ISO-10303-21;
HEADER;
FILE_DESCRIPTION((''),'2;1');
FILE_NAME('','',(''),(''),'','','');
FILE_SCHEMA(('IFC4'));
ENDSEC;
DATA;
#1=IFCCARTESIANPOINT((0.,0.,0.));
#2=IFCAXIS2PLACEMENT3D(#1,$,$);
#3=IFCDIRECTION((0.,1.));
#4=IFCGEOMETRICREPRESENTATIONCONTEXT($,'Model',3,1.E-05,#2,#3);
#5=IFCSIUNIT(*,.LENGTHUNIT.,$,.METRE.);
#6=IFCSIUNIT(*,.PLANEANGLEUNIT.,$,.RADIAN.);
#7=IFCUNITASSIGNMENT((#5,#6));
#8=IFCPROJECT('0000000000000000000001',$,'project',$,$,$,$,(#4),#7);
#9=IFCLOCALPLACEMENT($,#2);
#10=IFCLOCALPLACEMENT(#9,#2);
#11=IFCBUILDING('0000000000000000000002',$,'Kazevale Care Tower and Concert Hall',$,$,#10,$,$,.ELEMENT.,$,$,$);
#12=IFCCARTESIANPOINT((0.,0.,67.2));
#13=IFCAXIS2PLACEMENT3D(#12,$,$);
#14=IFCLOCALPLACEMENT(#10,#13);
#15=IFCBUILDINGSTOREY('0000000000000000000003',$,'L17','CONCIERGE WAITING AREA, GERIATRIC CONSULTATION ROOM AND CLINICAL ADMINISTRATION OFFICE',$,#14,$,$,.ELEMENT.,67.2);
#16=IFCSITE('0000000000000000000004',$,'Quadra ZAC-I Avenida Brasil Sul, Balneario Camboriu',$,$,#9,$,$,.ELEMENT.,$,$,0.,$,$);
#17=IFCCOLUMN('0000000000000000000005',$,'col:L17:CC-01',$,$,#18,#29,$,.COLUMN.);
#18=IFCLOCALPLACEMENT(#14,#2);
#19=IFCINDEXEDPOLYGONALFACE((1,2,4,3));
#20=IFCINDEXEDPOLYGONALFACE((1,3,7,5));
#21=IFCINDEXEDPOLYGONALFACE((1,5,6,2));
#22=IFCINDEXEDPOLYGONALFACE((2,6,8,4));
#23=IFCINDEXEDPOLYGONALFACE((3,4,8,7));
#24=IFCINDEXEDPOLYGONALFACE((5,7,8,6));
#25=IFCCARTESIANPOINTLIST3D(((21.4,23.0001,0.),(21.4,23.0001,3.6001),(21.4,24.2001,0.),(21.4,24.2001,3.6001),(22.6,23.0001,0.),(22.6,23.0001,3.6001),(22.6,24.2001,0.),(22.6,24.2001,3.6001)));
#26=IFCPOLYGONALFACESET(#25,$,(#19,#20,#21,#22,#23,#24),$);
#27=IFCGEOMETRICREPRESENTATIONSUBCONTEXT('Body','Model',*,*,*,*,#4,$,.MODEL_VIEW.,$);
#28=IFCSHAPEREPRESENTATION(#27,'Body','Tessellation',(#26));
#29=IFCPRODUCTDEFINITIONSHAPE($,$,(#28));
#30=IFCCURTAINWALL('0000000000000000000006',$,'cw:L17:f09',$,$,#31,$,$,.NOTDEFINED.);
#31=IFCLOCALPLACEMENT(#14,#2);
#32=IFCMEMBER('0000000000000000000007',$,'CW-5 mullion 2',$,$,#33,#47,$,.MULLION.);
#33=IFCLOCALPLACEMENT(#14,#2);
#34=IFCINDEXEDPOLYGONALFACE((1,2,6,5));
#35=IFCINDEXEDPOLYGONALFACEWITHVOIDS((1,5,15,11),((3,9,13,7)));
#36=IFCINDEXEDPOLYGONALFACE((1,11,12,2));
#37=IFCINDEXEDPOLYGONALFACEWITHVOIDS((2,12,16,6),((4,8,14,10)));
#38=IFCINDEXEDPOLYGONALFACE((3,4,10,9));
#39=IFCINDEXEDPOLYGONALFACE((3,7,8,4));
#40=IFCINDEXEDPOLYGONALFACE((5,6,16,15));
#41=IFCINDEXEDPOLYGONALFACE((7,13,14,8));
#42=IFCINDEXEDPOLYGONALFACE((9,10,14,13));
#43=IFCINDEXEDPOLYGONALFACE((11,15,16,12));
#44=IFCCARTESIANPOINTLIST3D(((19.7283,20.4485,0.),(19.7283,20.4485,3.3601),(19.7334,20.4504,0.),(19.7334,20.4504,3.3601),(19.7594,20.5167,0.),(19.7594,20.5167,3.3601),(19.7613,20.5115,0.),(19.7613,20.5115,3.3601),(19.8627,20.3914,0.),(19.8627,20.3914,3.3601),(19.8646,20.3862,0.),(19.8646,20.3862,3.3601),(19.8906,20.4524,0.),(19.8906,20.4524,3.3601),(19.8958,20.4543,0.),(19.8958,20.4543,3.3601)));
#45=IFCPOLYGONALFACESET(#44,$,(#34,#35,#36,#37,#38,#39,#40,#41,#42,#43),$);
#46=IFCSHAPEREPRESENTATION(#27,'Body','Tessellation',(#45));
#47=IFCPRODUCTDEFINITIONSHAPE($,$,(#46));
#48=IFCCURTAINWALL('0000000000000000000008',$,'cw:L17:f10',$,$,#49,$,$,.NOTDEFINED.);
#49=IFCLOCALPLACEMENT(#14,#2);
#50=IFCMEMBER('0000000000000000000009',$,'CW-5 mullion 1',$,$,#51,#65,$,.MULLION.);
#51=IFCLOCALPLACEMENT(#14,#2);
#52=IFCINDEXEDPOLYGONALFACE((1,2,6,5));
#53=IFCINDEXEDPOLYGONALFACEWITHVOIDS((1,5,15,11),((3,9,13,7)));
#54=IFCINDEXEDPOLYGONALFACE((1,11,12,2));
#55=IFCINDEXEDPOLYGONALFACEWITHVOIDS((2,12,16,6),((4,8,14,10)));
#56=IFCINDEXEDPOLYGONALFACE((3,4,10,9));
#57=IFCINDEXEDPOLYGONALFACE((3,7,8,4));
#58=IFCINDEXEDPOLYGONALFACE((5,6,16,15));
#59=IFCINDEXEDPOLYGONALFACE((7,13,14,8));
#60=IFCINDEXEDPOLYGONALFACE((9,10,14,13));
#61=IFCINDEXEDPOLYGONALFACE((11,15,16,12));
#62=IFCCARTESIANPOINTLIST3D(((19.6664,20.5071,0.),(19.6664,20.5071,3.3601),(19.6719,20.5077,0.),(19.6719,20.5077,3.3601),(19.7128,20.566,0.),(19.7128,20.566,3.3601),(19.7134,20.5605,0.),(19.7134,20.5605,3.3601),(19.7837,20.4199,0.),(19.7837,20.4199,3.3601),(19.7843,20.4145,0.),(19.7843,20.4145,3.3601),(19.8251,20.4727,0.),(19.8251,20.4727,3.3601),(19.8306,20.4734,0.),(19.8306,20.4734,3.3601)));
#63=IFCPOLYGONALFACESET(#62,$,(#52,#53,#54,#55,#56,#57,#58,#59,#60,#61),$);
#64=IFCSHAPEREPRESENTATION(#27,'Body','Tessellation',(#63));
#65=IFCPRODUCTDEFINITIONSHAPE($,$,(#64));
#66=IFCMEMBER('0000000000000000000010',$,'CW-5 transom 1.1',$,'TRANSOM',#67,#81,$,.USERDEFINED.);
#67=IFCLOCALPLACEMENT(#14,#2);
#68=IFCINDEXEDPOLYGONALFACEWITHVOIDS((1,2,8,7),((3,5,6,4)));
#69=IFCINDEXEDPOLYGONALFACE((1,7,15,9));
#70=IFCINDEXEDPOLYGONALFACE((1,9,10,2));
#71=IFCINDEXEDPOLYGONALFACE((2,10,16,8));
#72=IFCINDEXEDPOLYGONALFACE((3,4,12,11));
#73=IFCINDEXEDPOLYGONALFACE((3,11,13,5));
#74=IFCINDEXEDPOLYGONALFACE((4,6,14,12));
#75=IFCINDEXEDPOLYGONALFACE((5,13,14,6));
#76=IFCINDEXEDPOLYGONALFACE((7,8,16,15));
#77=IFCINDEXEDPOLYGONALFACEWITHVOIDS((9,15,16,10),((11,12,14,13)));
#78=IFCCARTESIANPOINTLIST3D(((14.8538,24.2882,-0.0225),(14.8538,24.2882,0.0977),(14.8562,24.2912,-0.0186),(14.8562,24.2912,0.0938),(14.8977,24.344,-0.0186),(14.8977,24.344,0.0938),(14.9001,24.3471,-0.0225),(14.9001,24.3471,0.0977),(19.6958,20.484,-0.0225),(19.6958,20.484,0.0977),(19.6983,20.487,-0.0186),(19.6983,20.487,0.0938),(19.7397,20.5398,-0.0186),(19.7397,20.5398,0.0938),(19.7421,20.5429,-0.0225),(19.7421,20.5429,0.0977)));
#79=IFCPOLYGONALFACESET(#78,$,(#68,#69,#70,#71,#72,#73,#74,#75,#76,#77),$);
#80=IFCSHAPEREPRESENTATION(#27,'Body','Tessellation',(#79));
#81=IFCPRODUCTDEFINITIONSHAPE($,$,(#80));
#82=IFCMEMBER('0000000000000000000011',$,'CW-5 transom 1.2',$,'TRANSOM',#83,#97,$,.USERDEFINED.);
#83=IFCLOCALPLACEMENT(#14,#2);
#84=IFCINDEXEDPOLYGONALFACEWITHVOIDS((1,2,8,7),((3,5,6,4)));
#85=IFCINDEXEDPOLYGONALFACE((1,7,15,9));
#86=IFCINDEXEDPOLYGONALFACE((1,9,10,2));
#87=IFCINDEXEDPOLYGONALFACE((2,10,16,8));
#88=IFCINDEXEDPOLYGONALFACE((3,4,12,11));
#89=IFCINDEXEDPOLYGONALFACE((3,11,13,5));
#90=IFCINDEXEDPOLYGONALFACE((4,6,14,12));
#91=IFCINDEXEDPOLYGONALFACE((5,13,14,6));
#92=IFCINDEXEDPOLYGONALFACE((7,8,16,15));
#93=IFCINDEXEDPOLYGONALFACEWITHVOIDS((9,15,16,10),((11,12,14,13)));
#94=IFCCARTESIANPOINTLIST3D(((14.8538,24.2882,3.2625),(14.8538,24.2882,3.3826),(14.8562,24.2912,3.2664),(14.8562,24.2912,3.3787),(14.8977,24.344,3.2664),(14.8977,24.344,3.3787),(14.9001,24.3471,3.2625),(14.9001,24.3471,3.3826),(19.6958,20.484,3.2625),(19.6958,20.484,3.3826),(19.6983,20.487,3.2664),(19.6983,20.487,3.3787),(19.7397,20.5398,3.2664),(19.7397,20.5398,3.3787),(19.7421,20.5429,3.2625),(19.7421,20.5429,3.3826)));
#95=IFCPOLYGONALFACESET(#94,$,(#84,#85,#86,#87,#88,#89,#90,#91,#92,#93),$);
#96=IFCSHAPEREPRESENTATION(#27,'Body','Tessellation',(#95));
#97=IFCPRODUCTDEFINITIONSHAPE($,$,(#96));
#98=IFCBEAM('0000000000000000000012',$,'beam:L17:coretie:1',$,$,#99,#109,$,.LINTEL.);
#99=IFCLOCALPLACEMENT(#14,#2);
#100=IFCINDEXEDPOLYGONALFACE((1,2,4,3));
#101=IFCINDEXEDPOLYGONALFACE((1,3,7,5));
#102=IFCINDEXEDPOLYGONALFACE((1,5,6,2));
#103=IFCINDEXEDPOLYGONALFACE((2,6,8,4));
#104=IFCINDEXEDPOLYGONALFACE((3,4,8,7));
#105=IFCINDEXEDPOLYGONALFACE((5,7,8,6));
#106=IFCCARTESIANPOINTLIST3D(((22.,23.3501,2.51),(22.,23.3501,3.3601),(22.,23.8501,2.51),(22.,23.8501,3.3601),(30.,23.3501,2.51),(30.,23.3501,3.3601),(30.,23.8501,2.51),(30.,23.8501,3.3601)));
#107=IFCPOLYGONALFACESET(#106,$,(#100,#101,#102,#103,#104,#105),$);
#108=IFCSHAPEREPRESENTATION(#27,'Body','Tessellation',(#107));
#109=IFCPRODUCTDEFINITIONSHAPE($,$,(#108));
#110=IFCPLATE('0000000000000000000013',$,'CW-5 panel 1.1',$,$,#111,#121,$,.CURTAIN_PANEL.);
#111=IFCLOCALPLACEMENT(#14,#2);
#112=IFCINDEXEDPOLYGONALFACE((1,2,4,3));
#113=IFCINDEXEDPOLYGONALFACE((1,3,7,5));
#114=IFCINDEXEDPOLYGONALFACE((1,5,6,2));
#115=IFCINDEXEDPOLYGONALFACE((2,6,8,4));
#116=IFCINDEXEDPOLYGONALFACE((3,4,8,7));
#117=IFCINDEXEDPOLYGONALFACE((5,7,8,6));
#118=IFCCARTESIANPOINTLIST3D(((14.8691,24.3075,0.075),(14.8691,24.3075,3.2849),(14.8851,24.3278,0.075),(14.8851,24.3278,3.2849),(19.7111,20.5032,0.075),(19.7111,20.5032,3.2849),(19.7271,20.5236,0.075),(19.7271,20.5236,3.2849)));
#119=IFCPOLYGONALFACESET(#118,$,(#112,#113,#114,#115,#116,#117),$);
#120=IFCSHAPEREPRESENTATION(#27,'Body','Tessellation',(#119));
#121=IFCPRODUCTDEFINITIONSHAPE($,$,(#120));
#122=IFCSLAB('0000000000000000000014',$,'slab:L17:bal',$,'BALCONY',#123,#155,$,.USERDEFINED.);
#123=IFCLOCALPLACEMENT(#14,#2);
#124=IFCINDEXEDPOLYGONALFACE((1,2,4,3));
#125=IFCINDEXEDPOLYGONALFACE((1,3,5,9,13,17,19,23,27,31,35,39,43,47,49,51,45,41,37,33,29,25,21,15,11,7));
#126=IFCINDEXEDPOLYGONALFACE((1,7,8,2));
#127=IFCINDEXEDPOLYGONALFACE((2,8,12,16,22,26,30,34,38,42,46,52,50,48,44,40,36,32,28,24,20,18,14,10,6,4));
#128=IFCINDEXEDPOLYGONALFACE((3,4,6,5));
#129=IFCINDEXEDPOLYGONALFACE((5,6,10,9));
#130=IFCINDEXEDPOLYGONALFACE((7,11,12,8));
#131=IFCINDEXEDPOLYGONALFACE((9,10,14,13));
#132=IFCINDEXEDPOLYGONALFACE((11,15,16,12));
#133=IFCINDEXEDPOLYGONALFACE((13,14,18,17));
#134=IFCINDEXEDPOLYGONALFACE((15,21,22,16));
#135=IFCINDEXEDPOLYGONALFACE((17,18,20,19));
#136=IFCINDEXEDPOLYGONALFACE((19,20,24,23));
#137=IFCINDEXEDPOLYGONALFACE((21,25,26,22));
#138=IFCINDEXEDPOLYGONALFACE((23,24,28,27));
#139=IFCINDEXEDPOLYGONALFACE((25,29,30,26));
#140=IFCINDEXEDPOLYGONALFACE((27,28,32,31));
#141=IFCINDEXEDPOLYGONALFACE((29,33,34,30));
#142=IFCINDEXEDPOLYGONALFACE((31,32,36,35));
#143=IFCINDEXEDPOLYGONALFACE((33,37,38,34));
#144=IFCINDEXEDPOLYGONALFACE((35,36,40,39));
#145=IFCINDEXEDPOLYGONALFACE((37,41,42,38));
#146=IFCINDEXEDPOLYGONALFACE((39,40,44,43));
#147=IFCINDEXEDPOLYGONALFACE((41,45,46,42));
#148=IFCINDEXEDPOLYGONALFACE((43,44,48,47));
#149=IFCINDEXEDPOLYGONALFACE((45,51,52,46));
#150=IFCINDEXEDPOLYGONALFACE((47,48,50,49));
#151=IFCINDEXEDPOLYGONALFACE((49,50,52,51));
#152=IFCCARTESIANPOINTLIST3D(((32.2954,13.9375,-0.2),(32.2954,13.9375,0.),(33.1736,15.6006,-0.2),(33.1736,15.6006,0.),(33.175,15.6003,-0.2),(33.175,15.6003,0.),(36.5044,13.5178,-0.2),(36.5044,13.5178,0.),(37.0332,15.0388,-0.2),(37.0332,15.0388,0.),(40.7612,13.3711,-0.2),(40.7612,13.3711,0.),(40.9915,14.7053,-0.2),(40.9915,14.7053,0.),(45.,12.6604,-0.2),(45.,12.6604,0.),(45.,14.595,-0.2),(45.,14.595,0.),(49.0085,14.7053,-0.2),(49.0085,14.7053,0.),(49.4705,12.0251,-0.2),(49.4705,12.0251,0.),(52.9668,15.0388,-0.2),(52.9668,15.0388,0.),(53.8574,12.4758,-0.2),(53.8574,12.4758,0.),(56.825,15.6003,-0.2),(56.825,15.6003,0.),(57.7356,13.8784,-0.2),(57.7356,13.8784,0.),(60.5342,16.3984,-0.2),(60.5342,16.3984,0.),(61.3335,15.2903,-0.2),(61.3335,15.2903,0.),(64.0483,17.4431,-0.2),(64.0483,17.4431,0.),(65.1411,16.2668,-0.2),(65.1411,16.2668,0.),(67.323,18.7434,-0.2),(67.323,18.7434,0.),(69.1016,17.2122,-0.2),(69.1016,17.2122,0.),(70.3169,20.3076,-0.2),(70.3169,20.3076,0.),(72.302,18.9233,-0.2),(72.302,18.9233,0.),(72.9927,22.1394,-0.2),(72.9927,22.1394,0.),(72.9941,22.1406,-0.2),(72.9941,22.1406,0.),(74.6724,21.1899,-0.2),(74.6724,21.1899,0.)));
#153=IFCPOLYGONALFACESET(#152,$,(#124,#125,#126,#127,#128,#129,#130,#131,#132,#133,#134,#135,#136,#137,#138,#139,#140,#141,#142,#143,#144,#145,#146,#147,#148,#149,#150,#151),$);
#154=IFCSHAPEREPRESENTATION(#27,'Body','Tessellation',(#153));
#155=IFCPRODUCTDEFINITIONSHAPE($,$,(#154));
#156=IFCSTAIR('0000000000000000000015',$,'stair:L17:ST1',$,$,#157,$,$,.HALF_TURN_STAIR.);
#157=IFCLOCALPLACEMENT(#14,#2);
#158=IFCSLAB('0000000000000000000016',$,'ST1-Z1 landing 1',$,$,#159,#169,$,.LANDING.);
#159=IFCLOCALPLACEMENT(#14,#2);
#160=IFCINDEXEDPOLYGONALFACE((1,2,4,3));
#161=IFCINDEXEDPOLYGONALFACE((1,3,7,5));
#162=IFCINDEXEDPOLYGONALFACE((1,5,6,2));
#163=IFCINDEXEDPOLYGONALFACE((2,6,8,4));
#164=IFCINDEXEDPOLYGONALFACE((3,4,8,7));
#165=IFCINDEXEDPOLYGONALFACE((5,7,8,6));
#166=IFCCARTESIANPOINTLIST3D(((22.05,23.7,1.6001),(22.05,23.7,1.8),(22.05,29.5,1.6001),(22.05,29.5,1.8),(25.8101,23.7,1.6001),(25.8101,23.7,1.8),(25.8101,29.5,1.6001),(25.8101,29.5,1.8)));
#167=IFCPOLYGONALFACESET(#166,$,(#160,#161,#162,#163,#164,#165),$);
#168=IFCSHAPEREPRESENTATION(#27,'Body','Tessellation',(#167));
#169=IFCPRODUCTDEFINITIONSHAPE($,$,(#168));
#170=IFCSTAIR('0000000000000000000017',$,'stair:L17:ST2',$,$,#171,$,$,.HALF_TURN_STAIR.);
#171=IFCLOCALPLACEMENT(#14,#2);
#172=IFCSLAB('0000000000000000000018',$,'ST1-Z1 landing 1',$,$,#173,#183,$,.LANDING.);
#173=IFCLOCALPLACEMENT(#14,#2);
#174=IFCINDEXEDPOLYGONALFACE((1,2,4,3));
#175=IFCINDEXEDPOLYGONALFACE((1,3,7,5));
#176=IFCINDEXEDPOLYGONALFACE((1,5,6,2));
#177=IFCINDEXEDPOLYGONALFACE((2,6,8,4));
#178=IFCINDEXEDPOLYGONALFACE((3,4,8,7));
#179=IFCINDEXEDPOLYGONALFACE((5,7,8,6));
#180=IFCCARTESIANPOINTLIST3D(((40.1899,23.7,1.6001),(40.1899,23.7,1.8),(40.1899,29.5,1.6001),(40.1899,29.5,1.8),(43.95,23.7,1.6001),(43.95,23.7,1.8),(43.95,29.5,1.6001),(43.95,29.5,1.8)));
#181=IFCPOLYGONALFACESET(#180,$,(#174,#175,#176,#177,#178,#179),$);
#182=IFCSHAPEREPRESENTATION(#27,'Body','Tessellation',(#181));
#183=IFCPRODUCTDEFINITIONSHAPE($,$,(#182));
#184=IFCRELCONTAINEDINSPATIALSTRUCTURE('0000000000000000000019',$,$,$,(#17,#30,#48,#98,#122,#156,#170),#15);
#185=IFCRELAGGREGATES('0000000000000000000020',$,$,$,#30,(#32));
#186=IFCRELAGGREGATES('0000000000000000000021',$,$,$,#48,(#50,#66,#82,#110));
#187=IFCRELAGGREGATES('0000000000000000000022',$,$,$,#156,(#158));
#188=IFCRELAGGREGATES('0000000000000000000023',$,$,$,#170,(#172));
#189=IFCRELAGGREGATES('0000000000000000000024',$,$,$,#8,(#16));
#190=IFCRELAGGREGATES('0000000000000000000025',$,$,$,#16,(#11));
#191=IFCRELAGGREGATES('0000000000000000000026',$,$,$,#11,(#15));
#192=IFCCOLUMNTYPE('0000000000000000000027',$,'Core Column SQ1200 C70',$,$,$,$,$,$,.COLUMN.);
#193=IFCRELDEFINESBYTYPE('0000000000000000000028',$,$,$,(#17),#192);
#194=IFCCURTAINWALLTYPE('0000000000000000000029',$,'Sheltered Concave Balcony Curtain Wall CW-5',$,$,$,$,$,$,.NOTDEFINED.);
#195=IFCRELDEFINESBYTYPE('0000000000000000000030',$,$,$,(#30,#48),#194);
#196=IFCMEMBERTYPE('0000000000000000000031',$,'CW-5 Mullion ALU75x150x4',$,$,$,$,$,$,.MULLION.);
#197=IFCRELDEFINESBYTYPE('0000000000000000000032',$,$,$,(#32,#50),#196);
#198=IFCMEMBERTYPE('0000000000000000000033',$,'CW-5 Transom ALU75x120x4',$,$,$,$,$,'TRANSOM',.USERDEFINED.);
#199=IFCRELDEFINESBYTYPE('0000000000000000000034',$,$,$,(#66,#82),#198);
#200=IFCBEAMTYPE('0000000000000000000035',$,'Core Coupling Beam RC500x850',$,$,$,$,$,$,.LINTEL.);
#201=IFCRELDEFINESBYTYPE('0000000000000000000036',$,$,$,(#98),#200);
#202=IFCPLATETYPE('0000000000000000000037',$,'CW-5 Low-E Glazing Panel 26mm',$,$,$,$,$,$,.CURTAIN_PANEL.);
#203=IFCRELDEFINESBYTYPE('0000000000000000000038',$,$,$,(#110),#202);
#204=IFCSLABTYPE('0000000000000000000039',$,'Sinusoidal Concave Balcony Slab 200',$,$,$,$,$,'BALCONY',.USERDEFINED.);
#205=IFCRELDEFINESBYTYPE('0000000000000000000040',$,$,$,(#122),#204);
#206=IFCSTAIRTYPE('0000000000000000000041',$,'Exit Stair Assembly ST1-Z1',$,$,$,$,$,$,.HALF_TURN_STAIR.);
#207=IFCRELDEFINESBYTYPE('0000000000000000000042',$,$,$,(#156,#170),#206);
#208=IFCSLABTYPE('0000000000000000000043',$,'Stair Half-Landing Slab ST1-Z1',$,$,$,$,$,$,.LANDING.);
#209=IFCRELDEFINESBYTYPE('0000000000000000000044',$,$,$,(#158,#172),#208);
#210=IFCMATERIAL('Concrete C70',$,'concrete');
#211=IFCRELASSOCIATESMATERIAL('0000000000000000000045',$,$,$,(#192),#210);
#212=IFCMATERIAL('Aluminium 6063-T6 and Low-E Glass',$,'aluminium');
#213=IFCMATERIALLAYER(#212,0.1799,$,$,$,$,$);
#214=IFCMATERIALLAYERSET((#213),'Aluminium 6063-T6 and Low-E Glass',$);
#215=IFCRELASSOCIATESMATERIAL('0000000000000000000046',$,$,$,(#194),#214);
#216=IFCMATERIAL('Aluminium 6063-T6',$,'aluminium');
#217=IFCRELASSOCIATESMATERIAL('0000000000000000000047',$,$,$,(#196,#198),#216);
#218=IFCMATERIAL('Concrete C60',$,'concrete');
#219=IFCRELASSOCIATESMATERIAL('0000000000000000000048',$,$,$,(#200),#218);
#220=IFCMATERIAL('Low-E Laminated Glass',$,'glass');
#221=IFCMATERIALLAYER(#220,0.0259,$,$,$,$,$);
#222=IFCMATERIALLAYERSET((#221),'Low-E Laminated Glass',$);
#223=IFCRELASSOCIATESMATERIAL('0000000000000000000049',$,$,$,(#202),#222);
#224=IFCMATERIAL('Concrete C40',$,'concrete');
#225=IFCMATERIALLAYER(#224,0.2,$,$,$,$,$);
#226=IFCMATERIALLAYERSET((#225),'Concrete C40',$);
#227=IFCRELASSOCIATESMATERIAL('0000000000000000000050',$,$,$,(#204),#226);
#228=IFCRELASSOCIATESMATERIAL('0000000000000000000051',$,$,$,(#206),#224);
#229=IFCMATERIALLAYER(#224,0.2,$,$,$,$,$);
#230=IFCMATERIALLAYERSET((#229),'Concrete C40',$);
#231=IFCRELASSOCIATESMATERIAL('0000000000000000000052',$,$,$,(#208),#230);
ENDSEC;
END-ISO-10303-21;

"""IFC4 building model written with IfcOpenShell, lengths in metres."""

from ifc_helpers import new_model, si_unit, direction, frame, origin, origin_2d, place, context, subcontext, project, spatial, polyline, rectangle, hollow_rectangle, outline, extrude, material, layer, layer_set, material_profile, profile_set, type_object, element, aggregate, save


model = new_model("IFC4")

# Units and contexts
model_context = context("Model", 3, precision=1e-05, world=origin(), true_north=direction((0.0, 1.0)))
body_context = subcontext(model_context, "Body", "Model", "MODEL_VIEW")
ifc_project = project(units=[si_unit("LENGTHUNIT", "METRE"), si_unit("PLANEANGLEUNIT", "RADIAN")], contexts=[model_context])

# Site, building, storey
site_placement = place(None, origin())
site = spatial("IfcSite", under=ifc_project, at=site_placement, Name="Quadra ZAC-I Avenida Brasil Sul, Balneario Camboriu", CompositionType="ELEMENT", RefElevation=0.0)
building_placement = place(site_placement, origin())
building = spatial("IfcBuilding", under=site, at=building_placement, Name="Kazevale Care Tower and Concert Hall", CompositionType="ELEMENT")
storey_placement = place(building_placement, frame((0.0, 0.0, 67.2)))
storey = spatial("IfcBuildingStorey", under=building, at=storey_placement, Name="L17", Description="CONCIERGE WAITING AREA, GERIATRIC CONSULTATION ROOM AND CLINICAL ADMINISTRATION OFFICE", CompositionType="ELEMENT", Elevation=67.2)

# Column
ifc_material_1 = material(Name="Concrete C70", Category="concrete")
ifc_material_profile_1 = material_profile(ifc_material_1, rectangle(XDim=1.2, YDim=1.2, at=origin_2d()), Name="RC-SQ1200")
ifc_profile_set_1 = profile_set([ifc_material_profile_1], Name="Concrete C70")
column_type = type_object("IfcColumnType", Name="Core Column SQ1200 C70", PredefinedType="COLUMN", material=ifc_profile_set_1)
column_placement = place(storey_placement, frame((22.0, 23.6001, 0.0), z_axis=(0.0, 0.0, 1.0), x_axis=(1.0, 0.0, 0.0)))
element("IfcColumn", 1, at=column_placement, inside=storey, type_object=column_type, Name="col:L17:CC-01", PredefinedType="COLUMN", context=body_context, shape_type="SweptSolid", body=[
    extrude(rectangle(XDim=1.2, YDim=1.2, at=origin_2d()), origin(), (0.0, 0.0, 1.0), 3.6001),
])

# Curtain wall, member
ifc_material_2 = material(Name="Aluminium 6063-T6 and Low-E Glass", Category="aluminium")
ifc_layer_1 = layer(ifc_material_2, 0.1799)
ifc_layer_set_1 = layer_set([ifc_layer_1], Name="Aluminium 6063-T6 and Low-E Glass")
curtain_wall_type = type_object("IfcCurtainWallType", Name="Sheltered Concave Balcony Curtain Wall CW-5", PredefinedType="NOTDEFINED", material=ifc_layer_set_1)
curtain_wall_1_placement = place(storey_placement, origin())
curtain_wall_1 = element("IfcCurtainWall", 2, at=curtain_wall_1_placement, inside=storey, type_object=curtain_wall_type, Name="cw:L17:f09", PredefinedType="NOTDEFINED")
ifc_material_3 = material(Name="Aluminium 6063-T6", Category="aluminium")
ifc_material_profile_2 = material_profile(ifc_material_3, hollow_rectangle(XDim=0.075, YDim=0.1499, WallThickness=0.0039, at=origin_2d()), Name="ALU75x150x4")
ifc_profile_set_2 = profile_set([ifc_material_profile_2], Name="Aluminium 6063-T6")
member_type_1 = type_object("IfcMemberType", Name="CW-5 Mullion ALU75x150x4", PredefinedType="MULLION", material=ifc_profile_set_2)
member_1_placement = place(storey_placement, frame((19.812, 20.4514, 0.0), z_axis=(0.0, 0.0, 1.0), x_axis=(-0.41566, -0.90952, 0.0)))
member_1 = element("IfcMember", 3, at=member_1_placement, type_object=member_type_1, Name="CW-5 mullion 2", PredefinedType="MULLION", context=body_context, shape_type="SweptSolid", body=[
    extrude(hollow_rectangle(XDim=0.075, YDim=0.1499, WallThickness=0.0039, at=origin_2d()), origin(), (0.0, 0.0, 1.0), 3.3601),
])
aggregate(curtain_wall_1, [member_1])

# Curtain wall, members
curtain_wall_2_placement = place(storey_placement, origin())
curtain_wall_2 = element("IfcCurtainWall", 4, at=curtain_wall_2_placement, inside=storey, type_object=curtain_wall_type, Name="cw:L17:f10", PredefinedType="NOTDEFINED")
member_2_placement = place(storey_placement, frame((19.7485, 20.4902, 0.0), z_axis=(0.0, 0.0, 1.0), x_axis=(-0.617808, -0.786329, 0.0)))
member_2 = element("IfcMember", 5, at=member_2_placement, type_object=member_type_1, Name="CW-5 mullion 1", PredefinedType="MULLION", context=body_context, shape_type="SweptSolid", body=[
    extrude(hollow_rectangle(XDim=0.075, YDim=0.1499, WallThickness=0.0039, at=origin_2d()), origin(), (0.0, 0.0, 1.0), 3.3601),
])
ifc_material_profile_3 = material_profile(ifc_material_3, hollow_rectangle(XDim=0.075, YDim=0.1201, WallThickness=0.0039, at=origin_2d()), Name="ALU75x120x4")
ifc_profile_set_3 = profile_set([ifc_material_profile_3], Name="Aluminium 6063-T6")
member_type_2 = type_object("IfcMemberType", Name="CW-5 Transom ALU75x120x4", ElementType="TRANSOM", PredefinedType="USERDEFINED", material=ifc_profile_set_3)
member_3_placement = place(storey_placement, frame((19.719, 20.5134, 0.0376), z_axis=(-0.786339, 0.617795, 0.0), x_axis=(-0.617795, -0.786339, 0.0)))
member_3 = element("IfcMember", 6, at=member_3_placement, type_object=member_type_2, Name="CW-5 transom 1.1", ObjectType="TRANSOM", PredefinedType="USERDEFINED", context=body_context, shape_type="SweptSolid", body=[
    extrude(hollow_rectangle(XDim=0.075, YDim=0.1201, WallThickness=0.0039, at=origin_2d()), origin(), (0.0, 0.0, 1.0), 6.1577),
])
member_4_placement = place(storey_placement, frame((19.719, 20.5134, 3.3225), z_axis=(-0.786339, 0.617795, 0.0), x_axis=(-0.617795, -0.786339, 0.0)))
member_4 = element("IfcMember", 7, at=member_4_placement, type_object=member_type_2, Name="CW-5 transom 1.2", ObjectType="TRANSOM", PredefinedType="USERDEFINED", context=body_context, shape_type="SweptSolid", body=[
    extrude(hollow_rectangle(XDim=0.075, YDim=0.1201, WallThickness=0.0039, at=origin_2d()), origin(), (0.0, 0.0, 1.0), 6.1577),
])

# Beam
ifc_material_4 = material(Name="Concrete C60", Category="concrete")
ifc_material_profile_4 = material_profile(ifc_material_4, rectangle(XDim=0.5, YDim=0.8501, at=origin_2d()), Name="RC-B500x850")
ifc_profile_set_4 = profile_set([ifc_material_profile_4], Name="Concrete C60")
beam_type = type_object("IfcBeamType", Name="Core Coupling Beam RC500x850", PredefinedType="LINTEL", material=ifc_profile_set_4)
beam_placement = place(storey_placement, frame((22.0, 23.6001, 2.9351), z_axis=(1.0, 0.0, 0.0), x_axis=(0.0, 1.0, 0.0)))
element("IfcBeam", 8, at=beam_placement, inside=storey, type_object=beam_type, Name="beam:L17:coretie:1", PredefinedType="LINTEL", context=body_context, shape_type="SweptSolid", body=[
    extrude(rectangle(XDim=0.5, YDim=0.8501, at=origin_2d()), origin(), (0.0, 0.0, 1.0), 8.0),
])

# Plate
ifc_material_5 = material(Name="Low-E Laminated Glass", Category="glass")
ifc_layer_2 = layer(ifc_material_5, 0.0259)
ifc_layer_set_2 = layer_set([ifc_layer_2], Name="Low-E Laminated Glass")
plate_type = type_object("IfcPlateType", Name="CW-5 Low-E Glazing Panel 26mm", PredefinedType="CURTAIN_PANEL", material=ifc_layer_set_2)
plate_placement = place(storey_placement, frame((17.2981, 22.4155, 0.075), z_axis=(0.0, 0.0, 1.0), x_axis=(-0.786329, 0.617808, 0.0)))
plate = element("IfcPlate", 9, at=plate_placement, type_object=plate_type, Name="CW-5 panel 1.1", PredefinedType="CURTAIN_PANEL", context=body_context, shape_type="SweptSolid", body=[
    extrude(rectangle(XDim=6.1577, YDim=0.0259, at=origin_2d()), origin(), (0.0, 0.0, 1.0), 3.21),
])
aggregate(curtain_wall_2, [member_2, member_3, member_4, plate])

# Slab
ifc_material_6 = material(Name="Concrete C40", Category="concrete")
ifc_layer_3 = layer(ifc_material_6, 0.2)
ifc_layer_set_3 = layer_set([ifc_layer_3], Name="Concrete C40")
slab_type_1 = type_object("IfcSlabType", Name="Sinusoidal Concave Balcony Slab 200", ElementType="BALCONY", PredefinedType="USERDEFINED", material=ifc_layer_set_3)
slab_1_placement = place(storey_placement, frame((0.0, 0.0, -0.2)))
element("IfcSlab", 10, at=slab_1_placement, inside=storey, type_object=slab_type_1, Name="slab:L17:bal", ObjectType="BALCONY", PredefinedType="USERDEFINED", context=body_context, shape_type="SweptSolid", body=[
    extrude(outline(polyline([(74.6724, 21.1899), (72.302, 18.9233), (69.1016, 17.2122), (65.1411, 16.2668), (61.3335, 15.2903), (57.7356, 13.8784), (53.8574, 12.4758), (49.4705, 12.0251), (45.0, 12.6604), (40.7612, 13.3711), (36.5044, 13.5178), (32.2954, 13.9375), (33.1736, 15.6006), (33.175, 15.6003), (37.0332, 15.0388), (40.9915, 14.7053), (45.0, 14.595), (49.0085, 14.7053), (52.9668, 15.0388), (56.825, 15.6003), (60.5342, 16.3984), (64.0483, 17.4431), (67.323, 18.7434), (70.3169, 20.3076), (72.9927, 22.1394), (72.9941, 22.1406), (74.6724, 21.1899)])), origin(), (0.0, 0.0, 1.0), 0.2),
])

# Stairs, slabs
stair_type = type_object("IfcStairType", Name="Exit Stair Assembly ST1-Z1", PredefinedType="HALF_TURN_STAIR", material=ifc_material_6)
stair_1_placement = place(storey_placement, origin())
stair_1 = element("IfcStair", 11, at=stair_1_placement, inside=storey, type_object=stair_type, Name="stair:L17:ST1", PredefinedType="HALF_TURN_STAIR")
ifc_layer_4 = layer(ifc_material_6, 0.2)
ifc_layer_set_4 = layer_set([ifc_layer_4], Name="Concrete C40")
slab_type_2 = type_object("IfcSlabType", Name="Stair Half-Landing Slab ST1-Z1", PredefinedType="LANDING", material=ifc_layer_set_4)
slab_2_placement = place(storey_placement, frame((0.0, 0.0, 1.6001)))
slab_2 = element("IfcSlab", 12, at=slab_2_placement, type_object=slab_type_2, Name="ST1-Z1 landing 1", PredefinedType="LANDING", context=body_context, shape_type="SweptSolid", body=[
    extrude(outline(polyline([(22.05, 23.7), (25.8101, 23.7), (25.8101, 29.5), (22.05, 29.5), (22.05, 23.7)])), origin(), (0.0, 0.0, 1.0), 0.2),
])
aggregate(stair_1, [slab_2])
stair_2_placement = place(storey_placement, origin())
stair_2 = element("IfcStair", 13, at=stair_2_placement, inside=storey, type_object=stair_type, Name="stair:L17:ST2", PredefinedType="HALF_TURN_STAIR")
slab_3_placement = place(storey_placement, frame((0.0, 0.0, 1.6001)))
slab_3 = element("IfcSlab", 14, at=slab_3_placement, type_object=slab_type_2, Name="ST1-Z1 landing 1", PredefinedType="LANDING", context=body_context, shape_type="SweptSolid", body=[
    extrude(outline(polyline([(40.1899, 23.7), (43.95, 23.7), (43.95, 29.5), (40.1899, 29.5), (40.1899, 23.7)])), origin(), (0.0, 0.0, 1.0), 0.2),
])
aggregate(stair_2, [slab_3])

save(model, "model.ifc")
